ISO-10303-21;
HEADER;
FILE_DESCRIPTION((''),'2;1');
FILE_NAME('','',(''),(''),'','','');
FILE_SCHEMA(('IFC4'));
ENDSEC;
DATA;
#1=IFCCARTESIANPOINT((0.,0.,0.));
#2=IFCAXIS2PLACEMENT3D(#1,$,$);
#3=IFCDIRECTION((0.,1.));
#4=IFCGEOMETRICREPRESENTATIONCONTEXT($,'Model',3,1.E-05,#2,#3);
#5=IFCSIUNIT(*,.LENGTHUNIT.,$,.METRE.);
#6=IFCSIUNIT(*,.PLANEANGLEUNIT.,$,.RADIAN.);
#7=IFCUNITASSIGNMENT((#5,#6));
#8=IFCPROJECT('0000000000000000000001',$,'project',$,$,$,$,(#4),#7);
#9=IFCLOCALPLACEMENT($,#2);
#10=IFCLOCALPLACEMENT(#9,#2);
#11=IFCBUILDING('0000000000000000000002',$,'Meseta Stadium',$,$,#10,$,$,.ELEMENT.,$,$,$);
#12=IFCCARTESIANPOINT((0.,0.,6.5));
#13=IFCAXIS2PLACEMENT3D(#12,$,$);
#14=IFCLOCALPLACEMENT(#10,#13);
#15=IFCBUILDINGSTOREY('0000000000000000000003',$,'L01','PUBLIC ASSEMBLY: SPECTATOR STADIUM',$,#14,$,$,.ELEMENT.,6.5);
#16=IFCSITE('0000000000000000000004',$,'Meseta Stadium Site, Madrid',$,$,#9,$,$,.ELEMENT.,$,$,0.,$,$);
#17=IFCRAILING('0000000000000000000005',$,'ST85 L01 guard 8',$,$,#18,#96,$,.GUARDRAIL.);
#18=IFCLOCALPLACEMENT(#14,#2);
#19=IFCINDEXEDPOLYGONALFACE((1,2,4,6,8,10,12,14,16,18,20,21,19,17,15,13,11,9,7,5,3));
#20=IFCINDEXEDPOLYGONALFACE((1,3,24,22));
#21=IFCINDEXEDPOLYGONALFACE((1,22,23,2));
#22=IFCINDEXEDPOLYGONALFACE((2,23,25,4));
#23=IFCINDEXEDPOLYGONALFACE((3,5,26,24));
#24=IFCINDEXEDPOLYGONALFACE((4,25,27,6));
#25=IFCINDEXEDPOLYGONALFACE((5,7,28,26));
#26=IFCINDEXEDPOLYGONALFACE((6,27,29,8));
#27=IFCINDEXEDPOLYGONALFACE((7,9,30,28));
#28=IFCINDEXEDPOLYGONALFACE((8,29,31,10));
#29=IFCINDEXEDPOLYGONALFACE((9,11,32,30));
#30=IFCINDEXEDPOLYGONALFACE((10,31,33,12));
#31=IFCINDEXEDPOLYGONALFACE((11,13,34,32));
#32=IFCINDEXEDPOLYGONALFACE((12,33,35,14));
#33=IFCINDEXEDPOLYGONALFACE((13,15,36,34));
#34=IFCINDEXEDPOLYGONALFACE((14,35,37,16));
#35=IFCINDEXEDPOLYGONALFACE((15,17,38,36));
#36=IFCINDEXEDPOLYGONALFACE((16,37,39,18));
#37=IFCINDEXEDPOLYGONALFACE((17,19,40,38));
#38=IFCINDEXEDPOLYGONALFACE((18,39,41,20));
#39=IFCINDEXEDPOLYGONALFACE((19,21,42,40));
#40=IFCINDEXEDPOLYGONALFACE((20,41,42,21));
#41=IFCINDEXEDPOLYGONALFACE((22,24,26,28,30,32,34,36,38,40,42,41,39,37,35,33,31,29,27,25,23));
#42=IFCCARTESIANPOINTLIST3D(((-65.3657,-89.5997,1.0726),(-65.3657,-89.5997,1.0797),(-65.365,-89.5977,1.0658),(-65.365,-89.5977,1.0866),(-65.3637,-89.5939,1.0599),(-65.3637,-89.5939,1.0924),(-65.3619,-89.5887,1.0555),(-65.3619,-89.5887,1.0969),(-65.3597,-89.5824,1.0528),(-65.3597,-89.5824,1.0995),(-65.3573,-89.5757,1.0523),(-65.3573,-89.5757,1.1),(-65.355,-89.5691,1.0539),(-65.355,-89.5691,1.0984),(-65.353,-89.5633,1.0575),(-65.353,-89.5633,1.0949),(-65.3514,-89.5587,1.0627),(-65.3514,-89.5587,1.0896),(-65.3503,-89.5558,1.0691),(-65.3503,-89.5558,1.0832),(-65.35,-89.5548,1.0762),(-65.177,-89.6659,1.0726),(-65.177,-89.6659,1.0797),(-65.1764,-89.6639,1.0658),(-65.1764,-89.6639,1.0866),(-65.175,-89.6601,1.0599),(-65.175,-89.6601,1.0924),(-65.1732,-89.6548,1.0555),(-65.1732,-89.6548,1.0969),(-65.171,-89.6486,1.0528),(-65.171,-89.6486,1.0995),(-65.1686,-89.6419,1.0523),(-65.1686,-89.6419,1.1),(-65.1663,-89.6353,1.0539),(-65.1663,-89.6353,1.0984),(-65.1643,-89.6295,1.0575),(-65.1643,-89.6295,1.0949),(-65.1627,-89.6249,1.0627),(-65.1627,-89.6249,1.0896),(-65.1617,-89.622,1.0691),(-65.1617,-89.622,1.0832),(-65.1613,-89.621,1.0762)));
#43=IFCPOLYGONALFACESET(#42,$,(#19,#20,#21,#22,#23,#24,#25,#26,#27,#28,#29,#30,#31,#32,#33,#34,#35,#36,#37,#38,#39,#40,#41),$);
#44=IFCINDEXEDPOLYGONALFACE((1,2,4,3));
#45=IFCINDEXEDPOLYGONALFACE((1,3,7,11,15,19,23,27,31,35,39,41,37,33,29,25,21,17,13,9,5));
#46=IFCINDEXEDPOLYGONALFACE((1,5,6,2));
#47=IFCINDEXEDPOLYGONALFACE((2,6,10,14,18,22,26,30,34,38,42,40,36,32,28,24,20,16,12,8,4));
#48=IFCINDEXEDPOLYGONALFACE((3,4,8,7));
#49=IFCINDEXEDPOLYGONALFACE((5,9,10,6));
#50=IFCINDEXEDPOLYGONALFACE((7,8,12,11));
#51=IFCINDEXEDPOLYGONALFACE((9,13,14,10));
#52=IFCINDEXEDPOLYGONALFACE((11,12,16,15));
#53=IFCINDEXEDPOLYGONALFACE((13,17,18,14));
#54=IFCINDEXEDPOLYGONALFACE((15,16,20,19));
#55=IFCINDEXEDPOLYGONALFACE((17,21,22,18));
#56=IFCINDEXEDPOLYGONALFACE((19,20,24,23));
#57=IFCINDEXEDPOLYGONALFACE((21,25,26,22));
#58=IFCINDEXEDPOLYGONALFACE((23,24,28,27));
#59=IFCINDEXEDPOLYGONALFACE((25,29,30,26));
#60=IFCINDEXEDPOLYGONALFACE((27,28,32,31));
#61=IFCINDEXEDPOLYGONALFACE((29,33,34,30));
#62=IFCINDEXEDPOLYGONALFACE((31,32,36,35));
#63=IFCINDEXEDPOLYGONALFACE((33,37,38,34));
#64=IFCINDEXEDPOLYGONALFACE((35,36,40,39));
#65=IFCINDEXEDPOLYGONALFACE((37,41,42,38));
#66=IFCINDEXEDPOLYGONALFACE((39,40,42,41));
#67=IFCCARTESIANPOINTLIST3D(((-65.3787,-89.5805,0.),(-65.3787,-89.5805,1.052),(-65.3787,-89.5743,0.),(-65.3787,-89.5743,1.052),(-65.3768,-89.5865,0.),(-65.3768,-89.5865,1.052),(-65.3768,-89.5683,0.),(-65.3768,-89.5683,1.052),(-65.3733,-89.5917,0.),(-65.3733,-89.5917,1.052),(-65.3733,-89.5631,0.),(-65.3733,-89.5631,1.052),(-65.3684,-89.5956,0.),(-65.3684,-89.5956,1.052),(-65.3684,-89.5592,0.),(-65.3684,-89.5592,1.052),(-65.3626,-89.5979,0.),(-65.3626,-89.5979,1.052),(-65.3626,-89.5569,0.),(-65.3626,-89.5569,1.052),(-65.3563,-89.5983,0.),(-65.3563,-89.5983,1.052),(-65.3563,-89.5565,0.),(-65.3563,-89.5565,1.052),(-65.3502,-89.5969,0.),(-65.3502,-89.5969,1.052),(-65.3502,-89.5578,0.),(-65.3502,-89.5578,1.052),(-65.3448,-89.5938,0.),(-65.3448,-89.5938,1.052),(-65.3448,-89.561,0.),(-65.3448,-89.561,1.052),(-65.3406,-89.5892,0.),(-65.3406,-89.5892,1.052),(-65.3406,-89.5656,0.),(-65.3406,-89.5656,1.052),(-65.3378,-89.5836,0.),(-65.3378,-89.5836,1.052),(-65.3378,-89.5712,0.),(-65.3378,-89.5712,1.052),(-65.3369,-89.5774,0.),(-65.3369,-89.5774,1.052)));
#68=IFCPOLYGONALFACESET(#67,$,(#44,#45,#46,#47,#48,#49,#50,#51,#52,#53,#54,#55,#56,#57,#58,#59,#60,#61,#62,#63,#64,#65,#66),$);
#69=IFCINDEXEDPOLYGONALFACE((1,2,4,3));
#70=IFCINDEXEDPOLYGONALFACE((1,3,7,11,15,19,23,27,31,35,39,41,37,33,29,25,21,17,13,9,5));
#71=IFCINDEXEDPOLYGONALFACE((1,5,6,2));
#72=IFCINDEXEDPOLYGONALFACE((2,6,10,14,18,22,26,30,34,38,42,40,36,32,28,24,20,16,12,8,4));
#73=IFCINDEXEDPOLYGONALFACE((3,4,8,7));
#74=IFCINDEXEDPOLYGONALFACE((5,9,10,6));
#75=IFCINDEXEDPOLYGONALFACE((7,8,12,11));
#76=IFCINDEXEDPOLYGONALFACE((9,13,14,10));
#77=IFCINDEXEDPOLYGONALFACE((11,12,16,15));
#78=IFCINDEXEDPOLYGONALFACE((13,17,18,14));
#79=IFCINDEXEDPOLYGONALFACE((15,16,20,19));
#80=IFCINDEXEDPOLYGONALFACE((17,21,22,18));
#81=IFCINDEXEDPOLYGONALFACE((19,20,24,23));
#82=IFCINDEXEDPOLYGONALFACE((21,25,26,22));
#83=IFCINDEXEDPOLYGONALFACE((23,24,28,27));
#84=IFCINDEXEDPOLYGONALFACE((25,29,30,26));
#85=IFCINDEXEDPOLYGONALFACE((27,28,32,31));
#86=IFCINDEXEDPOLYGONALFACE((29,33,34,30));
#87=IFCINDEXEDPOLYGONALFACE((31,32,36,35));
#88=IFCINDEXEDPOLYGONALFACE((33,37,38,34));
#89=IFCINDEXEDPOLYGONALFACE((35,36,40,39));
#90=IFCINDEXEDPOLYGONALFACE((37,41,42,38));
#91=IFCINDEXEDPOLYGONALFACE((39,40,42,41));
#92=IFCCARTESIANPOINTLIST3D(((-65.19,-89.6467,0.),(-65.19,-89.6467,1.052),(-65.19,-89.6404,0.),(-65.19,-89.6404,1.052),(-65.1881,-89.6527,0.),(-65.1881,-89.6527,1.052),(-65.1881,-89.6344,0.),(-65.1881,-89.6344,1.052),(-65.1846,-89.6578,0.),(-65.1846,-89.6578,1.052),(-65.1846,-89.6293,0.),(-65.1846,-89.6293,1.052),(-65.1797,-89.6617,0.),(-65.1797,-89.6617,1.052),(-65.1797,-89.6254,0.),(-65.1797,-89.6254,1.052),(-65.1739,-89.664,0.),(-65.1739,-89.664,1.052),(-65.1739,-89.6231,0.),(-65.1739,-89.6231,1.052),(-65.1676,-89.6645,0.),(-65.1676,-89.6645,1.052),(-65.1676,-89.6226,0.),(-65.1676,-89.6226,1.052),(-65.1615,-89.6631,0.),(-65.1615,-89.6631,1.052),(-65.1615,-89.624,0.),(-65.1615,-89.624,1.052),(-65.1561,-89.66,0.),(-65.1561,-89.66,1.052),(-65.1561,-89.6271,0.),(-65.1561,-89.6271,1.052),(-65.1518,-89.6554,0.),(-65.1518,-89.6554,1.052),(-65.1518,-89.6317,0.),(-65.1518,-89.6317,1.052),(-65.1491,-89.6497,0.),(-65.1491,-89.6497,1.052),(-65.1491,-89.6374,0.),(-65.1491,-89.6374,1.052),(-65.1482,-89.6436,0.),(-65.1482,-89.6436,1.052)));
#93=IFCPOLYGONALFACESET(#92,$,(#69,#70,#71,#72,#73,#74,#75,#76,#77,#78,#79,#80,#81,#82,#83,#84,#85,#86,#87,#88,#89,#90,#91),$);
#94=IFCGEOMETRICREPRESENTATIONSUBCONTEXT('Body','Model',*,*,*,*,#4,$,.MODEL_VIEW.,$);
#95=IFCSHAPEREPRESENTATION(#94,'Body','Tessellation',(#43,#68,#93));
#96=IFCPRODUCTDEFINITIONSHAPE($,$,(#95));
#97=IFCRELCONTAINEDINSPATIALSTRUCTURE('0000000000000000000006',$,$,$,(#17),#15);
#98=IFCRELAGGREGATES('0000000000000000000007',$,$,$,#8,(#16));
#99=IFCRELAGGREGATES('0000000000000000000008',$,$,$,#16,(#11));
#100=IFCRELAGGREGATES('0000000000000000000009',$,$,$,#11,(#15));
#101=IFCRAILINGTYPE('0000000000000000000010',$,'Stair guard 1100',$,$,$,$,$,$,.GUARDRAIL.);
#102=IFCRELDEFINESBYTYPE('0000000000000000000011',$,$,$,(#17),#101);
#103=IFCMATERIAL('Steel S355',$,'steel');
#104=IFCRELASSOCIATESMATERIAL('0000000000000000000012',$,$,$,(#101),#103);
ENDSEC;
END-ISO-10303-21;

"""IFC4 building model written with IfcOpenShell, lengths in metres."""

from ifc_helpers import new_model, si_unit, direction, frame, origin, origin_2d, place, context, subcontext, project, spatial, circle, extrude, material, type_object, element, save


model = new_model("IFC4")

# Units and contexts
model_context = context("Model", 3, precision=1e-05, world=origin(), true_north=direction((0.0, 1.0)))
body_context = subcontext(model_context, "Body", "Model", "MODEL_VIEW")
ifc_project = project(units=[si_unit("LENGTHUNIT", "METRE"), si_unit("PLANEANGLEUNIT", "RADIAN")], contexts=[model_context])

# Site, building, storey
site_placement = place(None, origin())
site = spatial("IfcSite", under=ifc_project, at=site_placement, Name="Meseta Stadium Site, Madrid", CompositionType="ELEMENT", RefElevation=0.0)
building_placement = place(site_placement, origin())
building = spatial("IfcBuilding", under=site, at=building_placement, Name="Meseta Stadium", CompositionType="ELEMENT")
storey_placement = place(building_placement, frame((0.0, 0.0, 6.5)))
storey = spatial("IfcBuildingStorey", under=building, at=storey_placement, Name="L01", Description="PUBLIC ASSEMBLY: SPECTATOR STADIUM", CompositionType="ELEMENT", Elevation=6.5)

# Railing
ifc_material_1 = material(Name="Steel S355", Category="steel")
railing_type_1 = type_object("IfcRailingType", Name="Stair guard 1100", PredefinedType="GUARDRAIL", material=ifc_material_1)
railing_1_placement = place(storey_placement, frame((-65.3579, -89.5774, 0.0)))
element("IfcRailing", 1, at=railing_1_placement, inside=storey, type_object=railing_type_1, Name="ST85 L01 guard 8", PredefinedType="GUARDRAIL", context=body_context, shape_type="SweptSolid", body=[
    extrude(circle(Radius=0.0239, at=origin_2d()), frame((0.0, 0.0, 1.0762), z_axis=(0.943687, -0.33084, 0.0), x_axis=(0.33084, 0.943687, 0.0)), (0.0, 0.0, 1.0), 0.2),
    extrude(circle(Radius=0.021, at=origin_2d()), origin(), (0.0, 0.0, 1.0), 1.052),
    extrude(circle(Radius=0.021, at=origin_2d()), frame((0.1887, -0.0662, 0.0)), (0.0, 0.0, 1.0), 1.052),
])

save(model, "model.ifc")
